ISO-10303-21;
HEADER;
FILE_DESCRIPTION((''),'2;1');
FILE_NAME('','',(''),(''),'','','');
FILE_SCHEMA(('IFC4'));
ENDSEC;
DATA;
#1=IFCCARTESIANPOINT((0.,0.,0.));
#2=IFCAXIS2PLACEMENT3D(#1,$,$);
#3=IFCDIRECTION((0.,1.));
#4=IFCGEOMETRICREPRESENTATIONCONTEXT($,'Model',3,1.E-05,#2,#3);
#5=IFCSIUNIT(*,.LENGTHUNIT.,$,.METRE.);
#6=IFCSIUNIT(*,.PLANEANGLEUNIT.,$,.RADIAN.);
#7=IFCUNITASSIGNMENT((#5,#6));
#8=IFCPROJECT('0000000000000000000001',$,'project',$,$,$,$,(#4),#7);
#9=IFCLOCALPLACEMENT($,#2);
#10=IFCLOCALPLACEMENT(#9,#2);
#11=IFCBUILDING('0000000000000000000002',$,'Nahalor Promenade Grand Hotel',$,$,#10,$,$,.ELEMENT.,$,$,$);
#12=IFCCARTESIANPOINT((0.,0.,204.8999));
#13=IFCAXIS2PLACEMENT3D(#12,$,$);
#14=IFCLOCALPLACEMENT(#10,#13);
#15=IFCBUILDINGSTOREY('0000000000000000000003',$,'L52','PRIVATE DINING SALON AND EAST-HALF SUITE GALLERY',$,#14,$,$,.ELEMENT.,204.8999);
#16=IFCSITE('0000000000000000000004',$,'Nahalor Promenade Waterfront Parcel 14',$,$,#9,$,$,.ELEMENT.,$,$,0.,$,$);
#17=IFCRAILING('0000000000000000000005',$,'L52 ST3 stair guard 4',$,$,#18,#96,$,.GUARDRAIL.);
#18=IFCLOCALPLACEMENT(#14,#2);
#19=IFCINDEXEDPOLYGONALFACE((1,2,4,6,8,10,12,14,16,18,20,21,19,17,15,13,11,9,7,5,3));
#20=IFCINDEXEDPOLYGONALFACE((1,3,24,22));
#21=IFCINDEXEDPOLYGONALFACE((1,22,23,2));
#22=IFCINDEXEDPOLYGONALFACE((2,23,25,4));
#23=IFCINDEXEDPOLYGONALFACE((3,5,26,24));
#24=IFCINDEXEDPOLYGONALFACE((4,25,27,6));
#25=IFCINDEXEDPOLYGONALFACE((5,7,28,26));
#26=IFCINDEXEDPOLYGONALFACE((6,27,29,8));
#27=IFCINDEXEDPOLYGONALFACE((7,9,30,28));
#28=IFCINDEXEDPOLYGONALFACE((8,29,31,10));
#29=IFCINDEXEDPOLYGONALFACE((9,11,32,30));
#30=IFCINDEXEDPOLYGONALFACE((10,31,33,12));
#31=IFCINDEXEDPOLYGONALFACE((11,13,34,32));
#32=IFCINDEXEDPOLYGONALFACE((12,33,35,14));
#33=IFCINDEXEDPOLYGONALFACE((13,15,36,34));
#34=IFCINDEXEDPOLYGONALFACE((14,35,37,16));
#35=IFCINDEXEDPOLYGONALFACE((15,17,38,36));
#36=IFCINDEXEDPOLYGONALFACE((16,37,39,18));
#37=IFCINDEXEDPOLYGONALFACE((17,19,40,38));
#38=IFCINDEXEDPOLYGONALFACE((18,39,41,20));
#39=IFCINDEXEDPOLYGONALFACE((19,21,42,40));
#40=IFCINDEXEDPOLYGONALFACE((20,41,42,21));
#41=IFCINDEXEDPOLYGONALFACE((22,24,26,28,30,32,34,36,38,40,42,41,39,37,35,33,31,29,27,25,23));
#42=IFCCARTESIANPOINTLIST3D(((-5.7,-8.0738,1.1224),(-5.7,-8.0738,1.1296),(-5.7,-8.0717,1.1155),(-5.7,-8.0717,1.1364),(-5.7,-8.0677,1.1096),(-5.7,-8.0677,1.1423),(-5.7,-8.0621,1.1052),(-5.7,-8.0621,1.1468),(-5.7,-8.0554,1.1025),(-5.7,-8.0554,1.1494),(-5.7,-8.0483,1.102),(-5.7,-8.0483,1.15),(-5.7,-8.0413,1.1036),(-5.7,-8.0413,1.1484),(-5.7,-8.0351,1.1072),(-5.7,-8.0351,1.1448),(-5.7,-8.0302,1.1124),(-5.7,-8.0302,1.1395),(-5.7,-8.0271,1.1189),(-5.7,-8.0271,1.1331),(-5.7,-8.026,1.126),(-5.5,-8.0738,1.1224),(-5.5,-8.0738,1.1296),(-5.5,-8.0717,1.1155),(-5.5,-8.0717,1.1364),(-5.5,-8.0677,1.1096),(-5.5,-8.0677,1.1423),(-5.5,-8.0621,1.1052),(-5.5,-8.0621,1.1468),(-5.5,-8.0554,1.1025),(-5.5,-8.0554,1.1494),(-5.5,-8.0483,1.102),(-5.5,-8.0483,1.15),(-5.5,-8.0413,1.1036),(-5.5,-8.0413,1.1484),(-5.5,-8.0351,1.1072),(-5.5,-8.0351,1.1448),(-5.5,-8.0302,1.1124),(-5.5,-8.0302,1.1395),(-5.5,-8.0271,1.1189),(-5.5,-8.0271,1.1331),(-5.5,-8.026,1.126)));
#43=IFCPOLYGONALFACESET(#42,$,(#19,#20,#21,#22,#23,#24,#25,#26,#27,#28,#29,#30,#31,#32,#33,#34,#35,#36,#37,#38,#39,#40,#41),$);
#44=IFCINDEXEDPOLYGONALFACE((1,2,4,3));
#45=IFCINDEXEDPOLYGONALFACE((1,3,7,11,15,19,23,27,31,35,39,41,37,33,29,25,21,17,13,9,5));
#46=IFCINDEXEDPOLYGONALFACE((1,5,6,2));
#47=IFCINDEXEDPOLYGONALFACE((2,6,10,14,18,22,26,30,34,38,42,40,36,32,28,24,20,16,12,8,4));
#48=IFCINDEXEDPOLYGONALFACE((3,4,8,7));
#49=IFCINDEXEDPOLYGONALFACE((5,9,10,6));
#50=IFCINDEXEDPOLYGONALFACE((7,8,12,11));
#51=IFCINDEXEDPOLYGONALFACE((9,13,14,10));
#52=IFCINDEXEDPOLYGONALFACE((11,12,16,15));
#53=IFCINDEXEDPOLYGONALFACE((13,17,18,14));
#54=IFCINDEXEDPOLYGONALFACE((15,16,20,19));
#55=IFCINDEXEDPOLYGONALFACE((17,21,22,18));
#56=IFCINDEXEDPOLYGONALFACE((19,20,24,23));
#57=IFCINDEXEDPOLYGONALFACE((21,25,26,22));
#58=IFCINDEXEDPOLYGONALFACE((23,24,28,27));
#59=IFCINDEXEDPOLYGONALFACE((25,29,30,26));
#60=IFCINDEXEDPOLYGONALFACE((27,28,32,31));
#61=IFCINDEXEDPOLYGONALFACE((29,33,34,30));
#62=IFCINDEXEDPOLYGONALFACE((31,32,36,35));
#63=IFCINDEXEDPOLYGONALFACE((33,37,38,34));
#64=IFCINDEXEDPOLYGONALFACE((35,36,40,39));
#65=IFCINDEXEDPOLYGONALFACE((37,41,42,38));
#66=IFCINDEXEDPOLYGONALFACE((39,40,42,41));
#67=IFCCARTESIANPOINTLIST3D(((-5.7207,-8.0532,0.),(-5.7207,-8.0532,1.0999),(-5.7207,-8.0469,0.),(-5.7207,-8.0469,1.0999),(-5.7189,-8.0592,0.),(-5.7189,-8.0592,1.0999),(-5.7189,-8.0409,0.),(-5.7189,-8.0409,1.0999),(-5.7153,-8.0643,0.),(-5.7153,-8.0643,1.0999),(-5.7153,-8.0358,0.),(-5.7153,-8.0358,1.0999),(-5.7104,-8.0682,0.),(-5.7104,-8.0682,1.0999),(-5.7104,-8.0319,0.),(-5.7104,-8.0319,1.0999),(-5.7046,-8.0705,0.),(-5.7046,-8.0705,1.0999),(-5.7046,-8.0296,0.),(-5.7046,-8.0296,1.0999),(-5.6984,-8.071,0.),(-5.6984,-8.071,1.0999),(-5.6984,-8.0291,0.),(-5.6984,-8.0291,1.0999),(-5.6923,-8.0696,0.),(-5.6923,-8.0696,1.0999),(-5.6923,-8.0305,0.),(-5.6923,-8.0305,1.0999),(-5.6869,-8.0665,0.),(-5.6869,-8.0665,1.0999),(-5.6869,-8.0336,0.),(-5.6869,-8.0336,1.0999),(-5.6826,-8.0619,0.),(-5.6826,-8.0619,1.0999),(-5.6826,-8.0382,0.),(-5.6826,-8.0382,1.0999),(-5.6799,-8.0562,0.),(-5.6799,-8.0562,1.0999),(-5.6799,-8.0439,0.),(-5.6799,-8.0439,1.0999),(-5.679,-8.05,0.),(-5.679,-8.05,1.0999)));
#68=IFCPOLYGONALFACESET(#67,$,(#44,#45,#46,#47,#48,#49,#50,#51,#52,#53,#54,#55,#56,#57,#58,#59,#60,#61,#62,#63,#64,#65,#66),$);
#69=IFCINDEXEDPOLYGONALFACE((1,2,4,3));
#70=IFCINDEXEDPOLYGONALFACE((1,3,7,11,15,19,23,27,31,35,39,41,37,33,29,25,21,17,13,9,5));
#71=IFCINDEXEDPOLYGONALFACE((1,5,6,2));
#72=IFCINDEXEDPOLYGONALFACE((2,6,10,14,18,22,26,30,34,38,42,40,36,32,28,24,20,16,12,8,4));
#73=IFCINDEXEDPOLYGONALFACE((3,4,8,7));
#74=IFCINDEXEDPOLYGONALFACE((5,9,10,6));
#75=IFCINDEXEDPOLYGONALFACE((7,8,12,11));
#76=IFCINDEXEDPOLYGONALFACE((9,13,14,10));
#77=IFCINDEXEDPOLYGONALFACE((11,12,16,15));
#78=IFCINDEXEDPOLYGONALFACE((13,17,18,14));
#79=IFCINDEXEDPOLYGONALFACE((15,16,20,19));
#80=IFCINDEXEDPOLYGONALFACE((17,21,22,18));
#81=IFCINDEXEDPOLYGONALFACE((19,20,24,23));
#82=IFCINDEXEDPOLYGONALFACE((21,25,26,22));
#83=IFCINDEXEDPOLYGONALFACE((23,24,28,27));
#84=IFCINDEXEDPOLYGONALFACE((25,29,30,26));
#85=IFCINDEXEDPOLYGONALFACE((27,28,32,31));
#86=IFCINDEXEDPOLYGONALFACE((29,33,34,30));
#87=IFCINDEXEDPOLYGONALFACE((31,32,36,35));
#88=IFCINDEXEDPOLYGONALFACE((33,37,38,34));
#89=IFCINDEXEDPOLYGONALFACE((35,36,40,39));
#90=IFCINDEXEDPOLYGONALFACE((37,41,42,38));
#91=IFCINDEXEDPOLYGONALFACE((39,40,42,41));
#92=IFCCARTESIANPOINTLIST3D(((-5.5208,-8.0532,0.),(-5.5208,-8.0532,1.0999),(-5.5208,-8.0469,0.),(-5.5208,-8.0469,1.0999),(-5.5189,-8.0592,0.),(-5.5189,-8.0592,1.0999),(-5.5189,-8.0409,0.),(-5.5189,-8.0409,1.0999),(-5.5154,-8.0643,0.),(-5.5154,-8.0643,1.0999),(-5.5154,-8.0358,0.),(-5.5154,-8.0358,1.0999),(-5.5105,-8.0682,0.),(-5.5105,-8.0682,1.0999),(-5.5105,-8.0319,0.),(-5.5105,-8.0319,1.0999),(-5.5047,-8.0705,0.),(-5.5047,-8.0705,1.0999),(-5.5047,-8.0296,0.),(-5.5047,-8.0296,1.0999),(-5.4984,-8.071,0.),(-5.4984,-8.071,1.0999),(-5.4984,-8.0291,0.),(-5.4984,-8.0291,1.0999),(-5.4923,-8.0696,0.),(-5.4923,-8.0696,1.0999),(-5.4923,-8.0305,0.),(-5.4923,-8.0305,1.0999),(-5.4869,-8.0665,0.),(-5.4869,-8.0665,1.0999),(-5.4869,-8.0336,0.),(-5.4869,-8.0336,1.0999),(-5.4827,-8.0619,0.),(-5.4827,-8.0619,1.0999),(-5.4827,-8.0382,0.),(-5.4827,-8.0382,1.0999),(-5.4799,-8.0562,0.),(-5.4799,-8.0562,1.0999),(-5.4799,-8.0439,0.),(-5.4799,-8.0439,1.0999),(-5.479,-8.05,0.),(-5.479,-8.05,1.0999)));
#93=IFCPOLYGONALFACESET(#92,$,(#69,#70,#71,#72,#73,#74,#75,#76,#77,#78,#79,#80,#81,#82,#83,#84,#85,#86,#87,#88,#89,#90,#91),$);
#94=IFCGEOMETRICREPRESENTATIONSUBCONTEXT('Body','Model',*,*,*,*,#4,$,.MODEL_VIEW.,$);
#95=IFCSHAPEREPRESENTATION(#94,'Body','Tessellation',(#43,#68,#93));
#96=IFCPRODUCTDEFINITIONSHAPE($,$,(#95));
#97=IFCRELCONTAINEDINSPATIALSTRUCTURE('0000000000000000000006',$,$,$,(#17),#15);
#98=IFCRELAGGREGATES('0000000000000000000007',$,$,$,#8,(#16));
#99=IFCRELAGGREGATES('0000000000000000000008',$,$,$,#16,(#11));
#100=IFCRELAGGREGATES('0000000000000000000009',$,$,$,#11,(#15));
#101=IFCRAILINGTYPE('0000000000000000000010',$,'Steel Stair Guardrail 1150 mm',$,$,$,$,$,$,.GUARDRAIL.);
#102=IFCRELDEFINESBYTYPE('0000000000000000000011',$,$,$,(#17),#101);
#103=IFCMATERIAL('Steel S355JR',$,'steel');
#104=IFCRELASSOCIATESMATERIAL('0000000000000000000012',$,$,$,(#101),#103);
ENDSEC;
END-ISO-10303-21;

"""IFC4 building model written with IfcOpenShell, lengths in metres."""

from ifc_helpers import new_model, si_unit, direction, frame, origin, origin_2d, place, context, subcontext, project, spatial, circle, extrude, material, type_object, element, save


model = new_model("IFC4")

# Units and contexts
model_context = context("Model", 3, precision=1e-05, world=origin(), true_north=direction((0.0, 1.0)))
body_context = subcontext(model_context, "Body", "Model", "MODEL_VIEW")
ifc_project = project(units=[si_unit("LENGTHUNIT", "METRE"), si_unit("PLANEANGLEUNIT", "RADIAN")], contexts=[model_context])

# Site, building, storey
site_placement = place(None, origin())
site = spatial("IfcSite", under=ifc_project, at=site_placement, Name="Nahalor Promenade Waterfront Parcel 14", CompositionType="ELEMENT", RefElevation=0.0)
building_placement = place(site_placement, origin())
building = spatial("IfcBuilding", under=site, at=building_placement, Name="Nahalor Promenade Grand Hotel", CompositionType="ELEMENT")
storey_placement = place(building_placement, frame((0.0, 0.0, 204.8999)))
storey = spatial("IfcBuildingStorey", under=building, at=storey_placement, Name="L52", Description="PRIVATE DINING SALON AND EAST-HALF SUITE GALLERY", CompositionType="ELEMENT", Elevation=204.8999)

# Shared definitions
ifc_material_1 = material(Name="Steel S355JR", Category="steel")

# Railing
railing_type_1 = type_object("IfcRailingType", Name="Steel Stair Guardrail 1150 mm", PredefinedType="GUARDRAIL", material=ifc_material_1)
railing_1_placement = place(storey_placement, frame((-5.7, -8.05, 0.0)))
element("IfcRailing", 1, at=railing_1_placement, inside=storey, type_object=railing_type_1, Name="L52 ST3 stair guard 4", PredefinedType="GUARDRAIL", context=body_context, shape_type="SweptSolid", body=[
    extrude(circle(Radius=0.024, at=origin_2d()), frame((0.0, 0.0, 1.126), z_axis=(1.0, 0.0, 0.0), x_axis=(0.0, 1.0, 0.0)), (0.0, 0.0, 1.0), 0.2),
    extrude(circle(Radius=0.021, at=origin_2d()), origin(), (0.0, 0.0, 1.0), 1.0999),
    extrude(circle(Radius=0.021, at=origin_2d()), frame((0.2, 0.0, 0.0)), (0.0, 0.0, 1.0), 1.0999),
])

save(model, "model.ifc")
